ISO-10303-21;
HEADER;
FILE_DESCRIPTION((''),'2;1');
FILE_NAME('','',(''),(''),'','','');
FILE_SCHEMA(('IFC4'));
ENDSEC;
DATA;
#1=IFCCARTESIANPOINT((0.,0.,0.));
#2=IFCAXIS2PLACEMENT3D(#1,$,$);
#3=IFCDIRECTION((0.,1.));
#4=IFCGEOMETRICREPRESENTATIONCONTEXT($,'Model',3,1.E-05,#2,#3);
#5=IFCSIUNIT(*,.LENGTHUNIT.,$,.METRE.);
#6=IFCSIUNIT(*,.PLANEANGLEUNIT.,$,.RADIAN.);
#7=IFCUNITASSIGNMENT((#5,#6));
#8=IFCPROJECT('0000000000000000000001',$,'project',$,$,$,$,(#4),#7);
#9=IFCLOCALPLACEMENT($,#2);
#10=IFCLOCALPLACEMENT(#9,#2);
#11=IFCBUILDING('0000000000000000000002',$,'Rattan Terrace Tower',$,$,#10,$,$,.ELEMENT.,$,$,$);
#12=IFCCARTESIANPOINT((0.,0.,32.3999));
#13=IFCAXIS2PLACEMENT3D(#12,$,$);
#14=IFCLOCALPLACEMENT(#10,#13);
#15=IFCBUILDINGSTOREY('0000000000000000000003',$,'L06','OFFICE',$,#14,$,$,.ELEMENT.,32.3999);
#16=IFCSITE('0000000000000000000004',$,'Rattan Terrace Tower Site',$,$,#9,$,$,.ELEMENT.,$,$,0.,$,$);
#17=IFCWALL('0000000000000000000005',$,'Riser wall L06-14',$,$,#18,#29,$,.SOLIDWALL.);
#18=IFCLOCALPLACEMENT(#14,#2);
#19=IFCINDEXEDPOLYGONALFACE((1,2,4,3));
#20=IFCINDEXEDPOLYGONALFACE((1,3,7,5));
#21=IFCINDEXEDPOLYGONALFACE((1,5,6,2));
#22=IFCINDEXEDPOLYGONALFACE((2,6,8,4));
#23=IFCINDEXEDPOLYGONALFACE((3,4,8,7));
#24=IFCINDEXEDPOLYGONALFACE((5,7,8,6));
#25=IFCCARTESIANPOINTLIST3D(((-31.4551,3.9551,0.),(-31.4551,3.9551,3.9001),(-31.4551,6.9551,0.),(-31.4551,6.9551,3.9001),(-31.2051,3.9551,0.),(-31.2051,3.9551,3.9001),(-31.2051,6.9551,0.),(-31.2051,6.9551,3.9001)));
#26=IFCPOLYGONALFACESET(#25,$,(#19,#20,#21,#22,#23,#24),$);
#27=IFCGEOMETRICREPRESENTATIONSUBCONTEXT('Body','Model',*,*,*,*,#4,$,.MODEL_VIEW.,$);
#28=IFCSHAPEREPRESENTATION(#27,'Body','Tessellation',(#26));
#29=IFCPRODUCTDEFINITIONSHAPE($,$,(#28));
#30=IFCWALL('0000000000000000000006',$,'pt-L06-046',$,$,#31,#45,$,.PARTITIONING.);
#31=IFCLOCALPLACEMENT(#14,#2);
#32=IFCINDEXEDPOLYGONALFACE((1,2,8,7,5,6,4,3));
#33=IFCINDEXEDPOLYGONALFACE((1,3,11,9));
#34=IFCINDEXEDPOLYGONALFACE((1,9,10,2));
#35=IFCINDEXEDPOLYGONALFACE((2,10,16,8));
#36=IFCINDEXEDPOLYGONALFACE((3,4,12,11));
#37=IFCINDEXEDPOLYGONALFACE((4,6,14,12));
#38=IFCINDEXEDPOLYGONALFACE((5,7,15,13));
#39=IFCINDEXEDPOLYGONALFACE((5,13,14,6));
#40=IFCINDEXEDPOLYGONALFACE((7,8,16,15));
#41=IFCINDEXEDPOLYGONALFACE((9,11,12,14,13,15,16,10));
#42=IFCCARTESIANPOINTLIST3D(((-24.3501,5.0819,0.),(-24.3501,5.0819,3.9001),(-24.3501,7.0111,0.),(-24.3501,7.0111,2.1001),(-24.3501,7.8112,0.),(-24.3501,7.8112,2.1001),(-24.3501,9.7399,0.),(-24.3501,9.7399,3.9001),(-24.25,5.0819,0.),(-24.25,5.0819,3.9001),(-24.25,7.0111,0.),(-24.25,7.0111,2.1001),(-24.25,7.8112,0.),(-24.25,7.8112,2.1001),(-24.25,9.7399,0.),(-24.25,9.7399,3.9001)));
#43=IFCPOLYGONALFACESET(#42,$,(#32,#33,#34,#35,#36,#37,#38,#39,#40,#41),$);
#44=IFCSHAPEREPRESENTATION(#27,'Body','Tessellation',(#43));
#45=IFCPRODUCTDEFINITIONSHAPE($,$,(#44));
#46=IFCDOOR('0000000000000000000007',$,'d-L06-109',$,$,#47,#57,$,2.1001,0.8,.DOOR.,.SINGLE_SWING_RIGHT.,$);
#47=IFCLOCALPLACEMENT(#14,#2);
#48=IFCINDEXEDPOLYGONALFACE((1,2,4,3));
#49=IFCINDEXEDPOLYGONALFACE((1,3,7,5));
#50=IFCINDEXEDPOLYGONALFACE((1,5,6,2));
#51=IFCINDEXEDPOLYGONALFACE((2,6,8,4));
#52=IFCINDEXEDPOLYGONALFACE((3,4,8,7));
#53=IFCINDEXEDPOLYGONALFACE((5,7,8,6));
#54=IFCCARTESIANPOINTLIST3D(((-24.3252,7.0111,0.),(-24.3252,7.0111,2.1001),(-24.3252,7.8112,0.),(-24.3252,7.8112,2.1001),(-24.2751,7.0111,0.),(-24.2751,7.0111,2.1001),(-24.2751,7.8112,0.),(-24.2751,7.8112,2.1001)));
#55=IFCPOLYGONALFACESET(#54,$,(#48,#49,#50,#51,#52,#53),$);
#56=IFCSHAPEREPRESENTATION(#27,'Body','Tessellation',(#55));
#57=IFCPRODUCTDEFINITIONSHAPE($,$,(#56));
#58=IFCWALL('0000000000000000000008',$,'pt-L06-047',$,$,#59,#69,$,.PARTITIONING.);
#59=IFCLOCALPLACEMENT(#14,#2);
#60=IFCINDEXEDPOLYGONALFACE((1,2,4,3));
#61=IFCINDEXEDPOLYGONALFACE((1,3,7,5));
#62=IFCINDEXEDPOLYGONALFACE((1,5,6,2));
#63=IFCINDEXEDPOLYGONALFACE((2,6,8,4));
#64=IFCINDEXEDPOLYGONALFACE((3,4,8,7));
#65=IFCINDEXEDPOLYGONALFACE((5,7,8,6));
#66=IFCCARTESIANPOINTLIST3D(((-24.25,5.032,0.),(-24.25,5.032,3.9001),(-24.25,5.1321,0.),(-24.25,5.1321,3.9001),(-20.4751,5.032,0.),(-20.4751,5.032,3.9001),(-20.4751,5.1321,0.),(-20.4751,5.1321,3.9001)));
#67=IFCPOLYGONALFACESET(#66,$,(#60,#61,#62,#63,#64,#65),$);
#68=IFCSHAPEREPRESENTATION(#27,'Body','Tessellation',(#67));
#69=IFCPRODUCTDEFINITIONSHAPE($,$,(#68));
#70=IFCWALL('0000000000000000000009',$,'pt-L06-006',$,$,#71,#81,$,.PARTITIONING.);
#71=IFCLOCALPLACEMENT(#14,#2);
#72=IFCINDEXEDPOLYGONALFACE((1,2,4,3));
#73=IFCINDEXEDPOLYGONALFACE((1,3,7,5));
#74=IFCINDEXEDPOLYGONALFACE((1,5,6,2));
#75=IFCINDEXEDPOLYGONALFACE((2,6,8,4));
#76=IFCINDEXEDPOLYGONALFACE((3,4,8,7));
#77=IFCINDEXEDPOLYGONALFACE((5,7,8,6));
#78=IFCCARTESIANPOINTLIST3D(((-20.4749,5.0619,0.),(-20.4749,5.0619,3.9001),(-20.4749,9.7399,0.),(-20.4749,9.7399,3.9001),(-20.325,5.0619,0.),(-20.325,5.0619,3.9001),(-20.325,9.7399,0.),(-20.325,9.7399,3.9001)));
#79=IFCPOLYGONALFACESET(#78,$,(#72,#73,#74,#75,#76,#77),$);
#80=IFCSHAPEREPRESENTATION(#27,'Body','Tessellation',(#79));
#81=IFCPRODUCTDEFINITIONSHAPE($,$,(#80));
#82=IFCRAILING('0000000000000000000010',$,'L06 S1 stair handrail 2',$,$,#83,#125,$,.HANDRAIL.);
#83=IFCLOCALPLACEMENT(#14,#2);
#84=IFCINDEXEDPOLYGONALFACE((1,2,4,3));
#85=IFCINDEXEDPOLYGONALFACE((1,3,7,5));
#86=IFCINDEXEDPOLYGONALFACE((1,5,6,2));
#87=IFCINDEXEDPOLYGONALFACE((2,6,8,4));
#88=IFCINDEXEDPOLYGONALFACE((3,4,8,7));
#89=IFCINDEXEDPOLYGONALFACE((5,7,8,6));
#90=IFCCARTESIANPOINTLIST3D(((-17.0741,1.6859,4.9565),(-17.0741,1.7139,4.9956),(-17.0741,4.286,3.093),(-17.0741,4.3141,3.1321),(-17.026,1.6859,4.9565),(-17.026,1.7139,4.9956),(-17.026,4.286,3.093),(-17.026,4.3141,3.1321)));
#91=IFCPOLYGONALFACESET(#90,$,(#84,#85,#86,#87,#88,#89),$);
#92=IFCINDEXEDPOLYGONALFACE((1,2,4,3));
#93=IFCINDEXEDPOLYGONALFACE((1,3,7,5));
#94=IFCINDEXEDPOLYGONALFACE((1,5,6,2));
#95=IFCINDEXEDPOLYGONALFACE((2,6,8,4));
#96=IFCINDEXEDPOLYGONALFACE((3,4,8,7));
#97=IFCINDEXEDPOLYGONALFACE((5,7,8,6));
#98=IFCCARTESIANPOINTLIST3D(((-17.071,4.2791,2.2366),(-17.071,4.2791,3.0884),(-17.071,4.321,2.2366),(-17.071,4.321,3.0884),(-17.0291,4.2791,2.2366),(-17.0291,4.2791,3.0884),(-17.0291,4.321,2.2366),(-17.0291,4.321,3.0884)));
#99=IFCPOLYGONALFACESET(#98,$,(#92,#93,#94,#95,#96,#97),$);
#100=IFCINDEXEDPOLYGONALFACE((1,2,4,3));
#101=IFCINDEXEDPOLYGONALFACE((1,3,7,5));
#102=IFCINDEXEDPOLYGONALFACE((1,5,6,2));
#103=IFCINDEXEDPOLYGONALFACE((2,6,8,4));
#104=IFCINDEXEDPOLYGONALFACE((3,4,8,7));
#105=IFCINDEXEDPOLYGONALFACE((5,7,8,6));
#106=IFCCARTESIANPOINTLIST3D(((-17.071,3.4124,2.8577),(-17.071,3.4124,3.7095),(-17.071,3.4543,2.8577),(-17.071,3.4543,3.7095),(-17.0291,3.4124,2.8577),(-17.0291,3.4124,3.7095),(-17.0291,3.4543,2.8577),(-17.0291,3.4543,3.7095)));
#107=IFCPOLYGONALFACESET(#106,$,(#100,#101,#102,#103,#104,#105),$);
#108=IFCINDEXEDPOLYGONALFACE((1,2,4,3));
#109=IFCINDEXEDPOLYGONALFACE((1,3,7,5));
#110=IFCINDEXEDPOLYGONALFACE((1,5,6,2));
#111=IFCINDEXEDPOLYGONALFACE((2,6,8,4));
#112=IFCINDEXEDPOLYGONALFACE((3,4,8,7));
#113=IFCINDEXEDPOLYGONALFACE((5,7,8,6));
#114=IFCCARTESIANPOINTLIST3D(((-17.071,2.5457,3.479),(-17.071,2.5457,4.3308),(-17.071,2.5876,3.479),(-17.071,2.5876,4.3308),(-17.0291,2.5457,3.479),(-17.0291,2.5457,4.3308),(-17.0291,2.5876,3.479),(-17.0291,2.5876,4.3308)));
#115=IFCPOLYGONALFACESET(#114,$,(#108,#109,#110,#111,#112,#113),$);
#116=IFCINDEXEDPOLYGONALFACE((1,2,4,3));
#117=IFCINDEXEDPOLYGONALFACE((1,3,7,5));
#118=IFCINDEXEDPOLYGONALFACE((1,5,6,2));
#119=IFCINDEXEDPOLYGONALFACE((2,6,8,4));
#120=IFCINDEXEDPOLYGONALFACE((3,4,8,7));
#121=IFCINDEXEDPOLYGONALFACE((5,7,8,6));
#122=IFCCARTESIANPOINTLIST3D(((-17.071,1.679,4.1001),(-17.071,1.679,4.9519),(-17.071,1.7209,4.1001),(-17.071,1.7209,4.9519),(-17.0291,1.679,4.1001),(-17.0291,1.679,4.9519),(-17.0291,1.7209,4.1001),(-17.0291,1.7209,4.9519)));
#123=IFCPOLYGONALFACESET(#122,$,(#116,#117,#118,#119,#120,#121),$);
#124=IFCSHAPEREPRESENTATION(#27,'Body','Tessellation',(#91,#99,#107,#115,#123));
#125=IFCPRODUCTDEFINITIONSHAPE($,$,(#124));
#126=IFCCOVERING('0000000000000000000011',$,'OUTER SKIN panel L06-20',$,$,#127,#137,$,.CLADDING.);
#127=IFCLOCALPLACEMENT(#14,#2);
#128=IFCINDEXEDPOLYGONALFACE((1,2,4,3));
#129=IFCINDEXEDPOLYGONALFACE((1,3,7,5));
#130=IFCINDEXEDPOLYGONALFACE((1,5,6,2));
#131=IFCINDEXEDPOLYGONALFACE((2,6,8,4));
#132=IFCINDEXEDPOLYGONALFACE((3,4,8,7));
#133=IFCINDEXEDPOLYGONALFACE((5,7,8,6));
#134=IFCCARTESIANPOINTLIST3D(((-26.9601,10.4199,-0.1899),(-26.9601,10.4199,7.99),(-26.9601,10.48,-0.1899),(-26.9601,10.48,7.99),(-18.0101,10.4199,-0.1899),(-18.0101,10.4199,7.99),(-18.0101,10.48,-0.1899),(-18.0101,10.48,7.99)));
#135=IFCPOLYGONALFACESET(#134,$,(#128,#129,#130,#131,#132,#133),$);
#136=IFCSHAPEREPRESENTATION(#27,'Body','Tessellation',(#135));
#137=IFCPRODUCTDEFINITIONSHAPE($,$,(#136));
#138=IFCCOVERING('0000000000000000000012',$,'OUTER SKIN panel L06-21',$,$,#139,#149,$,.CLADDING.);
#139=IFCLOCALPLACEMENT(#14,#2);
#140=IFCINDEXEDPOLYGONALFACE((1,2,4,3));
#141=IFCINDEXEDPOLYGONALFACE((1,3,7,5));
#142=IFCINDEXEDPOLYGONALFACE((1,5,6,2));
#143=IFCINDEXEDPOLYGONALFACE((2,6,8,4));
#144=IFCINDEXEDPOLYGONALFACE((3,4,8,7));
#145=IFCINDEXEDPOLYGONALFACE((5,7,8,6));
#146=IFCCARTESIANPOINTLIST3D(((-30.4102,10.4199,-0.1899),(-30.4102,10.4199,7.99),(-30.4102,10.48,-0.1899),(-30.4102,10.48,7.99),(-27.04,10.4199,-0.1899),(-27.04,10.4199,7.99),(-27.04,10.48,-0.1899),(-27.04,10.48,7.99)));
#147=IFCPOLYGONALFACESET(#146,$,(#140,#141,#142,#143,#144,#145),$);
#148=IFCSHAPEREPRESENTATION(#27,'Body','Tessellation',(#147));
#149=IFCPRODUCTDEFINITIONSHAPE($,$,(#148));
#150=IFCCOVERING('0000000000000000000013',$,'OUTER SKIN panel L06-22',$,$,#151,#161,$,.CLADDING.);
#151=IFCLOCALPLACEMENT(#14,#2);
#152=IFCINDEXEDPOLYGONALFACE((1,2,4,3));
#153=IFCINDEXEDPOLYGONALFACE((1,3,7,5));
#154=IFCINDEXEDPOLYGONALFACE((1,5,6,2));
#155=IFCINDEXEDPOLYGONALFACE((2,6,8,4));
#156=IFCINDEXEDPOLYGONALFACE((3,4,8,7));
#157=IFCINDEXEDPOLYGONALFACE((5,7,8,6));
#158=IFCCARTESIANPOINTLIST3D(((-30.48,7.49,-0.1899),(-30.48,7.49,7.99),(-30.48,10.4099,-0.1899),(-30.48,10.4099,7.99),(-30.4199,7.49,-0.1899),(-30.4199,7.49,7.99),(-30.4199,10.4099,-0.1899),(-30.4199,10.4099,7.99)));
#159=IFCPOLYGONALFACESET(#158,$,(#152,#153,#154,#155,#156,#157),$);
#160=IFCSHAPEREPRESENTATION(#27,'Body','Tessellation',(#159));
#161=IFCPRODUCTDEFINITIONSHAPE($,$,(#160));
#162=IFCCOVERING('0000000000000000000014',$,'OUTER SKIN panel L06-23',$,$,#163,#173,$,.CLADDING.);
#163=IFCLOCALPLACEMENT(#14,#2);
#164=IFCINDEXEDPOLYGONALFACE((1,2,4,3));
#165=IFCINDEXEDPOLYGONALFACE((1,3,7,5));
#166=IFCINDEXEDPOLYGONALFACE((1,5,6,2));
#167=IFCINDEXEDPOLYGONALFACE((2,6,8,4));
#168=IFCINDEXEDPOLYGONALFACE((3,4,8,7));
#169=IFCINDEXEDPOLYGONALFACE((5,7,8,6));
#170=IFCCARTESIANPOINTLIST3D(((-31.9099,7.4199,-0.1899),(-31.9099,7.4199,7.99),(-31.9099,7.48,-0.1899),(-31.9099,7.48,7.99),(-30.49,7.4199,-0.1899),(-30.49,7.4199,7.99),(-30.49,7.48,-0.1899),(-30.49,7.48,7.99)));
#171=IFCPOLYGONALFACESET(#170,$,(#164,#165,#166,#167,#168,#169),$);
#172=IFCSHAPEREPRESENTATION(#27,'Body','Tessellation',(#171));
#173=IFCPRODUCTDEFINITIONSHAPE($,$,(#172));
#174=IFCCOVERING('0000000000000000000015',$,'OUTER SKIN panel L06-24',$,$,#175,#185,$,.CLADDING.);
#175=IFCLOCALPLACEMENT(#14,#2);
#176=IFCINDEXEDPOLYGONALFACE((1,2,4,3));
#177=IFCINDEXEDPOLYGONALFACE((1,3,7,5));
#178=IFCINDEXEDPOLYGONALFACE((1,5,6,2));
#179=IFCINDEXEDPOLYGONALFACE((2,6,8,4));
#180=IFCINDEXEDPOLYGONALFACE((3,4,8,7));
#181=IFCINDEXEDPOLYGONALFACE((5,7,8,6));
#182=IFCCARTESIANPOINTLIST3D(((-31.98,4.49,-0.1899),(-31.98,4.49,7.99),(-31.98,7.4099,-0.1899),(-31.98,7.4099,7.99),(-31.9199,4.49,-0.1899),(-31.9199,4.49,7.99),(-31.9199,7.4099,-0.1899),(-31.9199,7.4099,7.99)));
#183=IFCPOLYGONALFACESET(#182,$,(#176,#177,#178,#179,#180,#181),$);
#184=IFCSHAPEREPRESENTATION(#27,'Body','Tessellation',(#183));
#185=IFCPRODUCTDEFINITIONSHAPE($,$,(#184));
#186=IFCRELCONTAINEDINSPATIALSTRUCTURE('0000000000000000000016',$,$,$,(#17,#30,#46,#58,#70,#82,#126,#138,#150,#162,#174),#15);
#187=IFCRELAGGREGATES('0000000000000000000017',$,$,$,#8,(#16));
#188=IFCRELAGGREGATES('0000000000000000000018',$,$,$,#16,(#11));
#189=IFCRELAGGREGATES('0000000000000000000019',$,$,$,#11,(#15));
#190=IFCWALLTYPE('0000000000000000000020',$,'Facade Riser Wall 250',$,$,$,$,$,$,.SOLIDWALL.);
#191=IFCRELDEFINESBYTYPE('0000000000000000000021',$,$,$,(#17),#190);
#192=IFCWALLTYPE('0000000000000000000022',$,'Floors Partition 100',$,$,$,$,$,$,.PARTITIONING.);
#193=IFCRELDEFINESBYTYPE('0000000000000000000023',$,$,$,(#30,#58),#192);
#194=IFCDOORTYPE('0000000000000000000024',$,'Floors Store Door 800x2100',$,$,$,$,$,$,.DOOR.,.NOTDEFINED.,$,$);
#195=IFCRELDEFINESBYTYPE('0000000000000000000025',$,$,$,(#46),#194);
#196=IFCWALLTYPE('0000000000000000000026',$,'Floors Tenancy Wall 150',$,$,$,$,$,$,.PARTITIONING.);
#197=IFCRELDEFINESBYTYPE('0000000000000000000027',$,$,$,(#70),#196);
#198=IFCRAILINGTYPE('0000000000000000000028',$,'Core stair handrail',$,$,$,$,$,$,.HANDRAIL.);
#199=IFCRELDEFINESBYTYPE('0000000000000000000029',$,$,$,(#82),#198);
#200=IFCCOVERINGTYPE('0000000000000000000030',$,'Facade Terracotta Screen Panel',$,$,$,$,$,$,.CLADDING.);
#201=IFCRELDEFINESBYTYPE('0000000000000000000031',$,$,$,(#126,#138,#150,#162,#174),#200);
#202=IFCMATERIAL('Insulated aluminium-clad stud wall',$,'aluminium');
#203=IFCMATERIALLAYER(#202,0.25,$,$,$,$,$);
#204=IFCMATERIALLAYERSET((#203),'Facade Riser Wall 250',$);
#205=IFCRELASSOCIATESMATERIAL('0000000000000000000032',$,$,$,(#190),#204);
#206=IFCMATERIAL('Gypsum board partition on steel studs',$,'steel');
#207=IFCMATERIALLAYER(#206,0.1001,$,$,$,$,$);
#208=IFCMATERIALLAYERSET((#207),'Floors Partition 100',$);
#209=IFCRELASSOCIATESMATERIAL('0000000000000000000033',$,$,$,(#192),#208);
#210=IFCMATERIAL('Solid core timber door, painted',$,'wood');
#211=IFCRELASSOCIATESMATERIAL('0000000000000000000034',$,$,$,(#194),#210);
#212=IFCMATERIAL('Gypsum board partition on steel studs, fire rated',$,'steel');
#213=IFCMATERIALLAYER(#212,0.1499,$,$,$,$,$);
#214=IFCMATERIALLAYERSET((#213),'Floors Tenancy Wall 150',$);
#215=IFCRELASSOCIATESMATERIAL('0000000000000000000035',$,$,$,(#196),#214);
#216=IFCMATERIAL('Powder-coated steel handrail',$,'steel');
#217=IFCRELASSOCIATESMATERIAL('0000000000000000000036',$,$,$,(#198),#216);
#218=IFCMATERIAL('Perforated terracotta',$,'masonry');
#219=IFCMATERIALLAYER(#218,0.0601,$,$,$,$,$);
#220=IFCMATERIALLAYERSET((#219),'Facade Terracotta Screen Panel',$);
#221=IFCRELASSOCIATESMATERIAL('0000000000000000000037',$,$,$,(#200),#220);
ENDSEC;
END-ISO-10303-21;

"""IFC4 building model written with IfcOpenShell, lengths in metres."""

from ifc_helpers import new_model, si_unit, direction, frame, frame_2d, origin, origin_2d, place, context, subcontext, project, spatial, rectangle, extrude, material, layer, layer_set, type_object, element, fill, save


model = new_model("IFC4")

# Units and contexts
model_context = context("Model", 3, precision=1e-05, world=origin(), true_north=direction((0.0, 1.0)))
body_context = subcontext(model_context, "Body", "Model", "MODEL_VIEW")
ifc_project = project(units=[si_unit("LENGTHUNIT", "METRE"), si_unit("PLANEANGLEUNIT", "RADIAN")], contexts=[model_context])

# Site, building, storey
site_placement = place(None, origin())
site = spatial("IfcSite", under=ifc_project, at=site_placement, Name="Rattan Terrace Tower Site", CompositionType="ELEMENT", RefElevation=0.0)
building_placement = place(site_placement, origin())
building = spatial("IfcBuilding", under=site, at=building_placement, Name="Rattan Terrace Tower", CompositionType="ELEMENT")
storey_placement = place(building_placement, frame((0.0, 0.0, 32.3999)))
storey = spatial("IfcBuildingStorey", under=building, at=storey_placement, Name="L06", Description="OFFICE", CompositionType="ELEMENT", Elevation=32.3999)

# Wall
ifc_material_1 = material(Name="Insulated aluminium-clad stud wall", Category="aluminium")
ifc_layer_1 = layer(ifc_material_1, 0.25)
ifc_layer_set_1 = layer_set([ifc_layer_1], Name="Facade Riser Wall 250")
wall_type_1 = type_object("IfcWallType", Name="Facade Riser Wall 250", PredefinedType="SOLIDWALL", material=ifc_layer_set_1)
wall_1_placement = place(storey_placement, frame((-31.3301, 6.9551, 0.0), z_axis=(0.0, 0.0, 1.0), x_axis=(0.0, -1.0, 0.0)))
element("IfcWall", 1, at=wall_1_placement, inside=storey, type_object=wall_type_1, Name="Riser wall L06-14", PredefinedType="SOLIDWALL", context=body_context, shape_type="SweptSolid", body=[
    extrude(rectangle(XDim=3.0, YDim=0.25, at=frame_2d((1.5, 0.0))), origin(), (0.0, 0.0, 1.0), 3.9001),
])

# Wall, opening, door
ifc_material_2 = material(Name="Gypsum board partition on steel studs", Category="steel")
ifc_layer_2 = layer(ifc_material_2, 0.1001)
ifc_layer_set_2 = layer_set([ifc_layer_2], Name="Floors Partition 100")
wall_type_2 = type_object("IfcWallType", Name="Floors Partition 100", PredefinedType="PARTITIONING", material=ifc_layer_set_2)
wall_2_placement = place(storey_placement, frame((-24.3, 9.74, 0.0), z_axis=(0.0, 0.0, 1.0), x_axis=(0.0, -1.0, 0.0)))
wall_2 = element("IfcWall", 2, at=wall_2_placement, inside=storey, type_object=wall_type_2, Name="pt-L06-046", PredefinedType="PARTITIONING", context=body_context, shape_type="SweptSolid", body=[
    extrude(rectangle(XDim=4.658, YDim=0.1001, at=frame_2d((2.3291, 0.0))), origin(), (0.0, 0.0, 1.0), 3.9001),
])
opening_placement = place(wall_2_placement, frame((1.929, 0.0, 0.0)))
opening = element("IfcOpeningElement", 3, at=opening_placement, cuts=wall_2, PredefinedType="OPENING", context=body_context, shape_type="SweptSolid", body=[
    extrude(rectangle(XDim=0.8, YDim=2.1001, at=frame_2d((0.3999, 1.05))), frame((0.0, 0.0605, 0.0), z_axis=(0.0, -1.0, 0.0), x_axis=(1.0, 0.0, 0.0)), (0.0, 0.0, 1.0), 0.1211),
])
ifc_material_3 = material(Name="Solid core timber door, painted", Category="wood")
door_type = type_object("IfcDoorType", Name="Floors Store Door 800x2100", OperationType="NOTDEFINED", PredefinedType="DOOR", material=ifc_material_3)
door_placement = place(opening_placement, origin())
door = element("IfcDoor", 4, at=door_placement, inside=storey, type_object=door_type, Name="d-L06-109", OperationType="SINGLE_SWING_RIGHT", OverallHeight=2.1001, OverallWidth=0.8, PredefinedType="DOOR", context=body_context, shape_type="SweptSolid", body=[
    extrude(rectangle(XDim=0.8, YDim=2.1001, at=frame_2d((0.3999, 1.05))), frame((0.0, 0.0249, 0.0), z_axis=(0.0, -1.0, 0.0), x_axis=(1.0, 0.0, 0.0)), (0.0, 0.0, 1.0), 0.05),
])
fill(opening, door)

# Walls
wall_3_placement = place(storey_placement, frame((-24.25, 5.082, 0.0), z_axis=(0.0, 0.0, 1.0), x_axis=(1.0, 0.0, 0.0)))
element("IfcWall", 5, at=wall_3_placement, inside=storey, type_object=wall_type_2, Name="pt-L06-047", PredefinedType="PARTITIONING", context=body_context, shape_type="SweptSolid", body=[
    extrude(rectangle(XDim=3.7749, YDim=0.1001, at=frame_2d((1.8875, 0.0))), origin(), (0.0, 0.0, 1.0), 3.9001),
])
ifc_material_4 = material(Name="Gypsum board partition on steel studs, fire rated", Category="steel")
ifc_layer_3 = layer(ifc_material_4, 0.1499)
ifc_layer_set_3 = layer_set([ifc_layer_3], Name="Floors Tenancy Wall 150")
wall_type_3 = type_object("IfcWallType", Name="Floors Tenancy Wall 150", PredefinedType="PARTITIONING", material=ifc_layer_set_3)
wall_4_placement = place(storey_placement, frame((-20.3999, 5.062, 0.0), z_axis=(0.0, 0.0, 1.0), x_axis=(0.0, 1.0, 0.0)))
element("IfcWall", 6, at=wall_4_placement, inside=storey, type_object=wall_type_3, Name="pt-L06-006", PredefinedType="PARTITIONING", context=body_context, shape_type="SweptSolid", body=[
    extrude(rectangle(XDim=4.678, YDim=0.1499, at=frame_2d((2.3389, 0.0))), origin(), (0.0, 0.0, 1.0), 3.9001),
])

# Railing
ifc_material_5 = material(Name="Powder-coated steel handrail", Category="steel")
railing_type = type_object("IfcRailingType", Name="Core stair handrail", PredefinedType="HANDRAIL", material=ifc_material_5)
railing_placement = place(storey_placement, frame((-17.05, 4.3, 2.2366)))
element("IfcRailing", 7, at=railing_placement, inside=storey, type_object=railing_type, Name="L06 S1 stair handrail 2", PredefinedType="HANDRAIL", context=body_context, shape_type="SweptSolid", body=[
    extrude(rectangle(XDim=0.0481, YDim=0.0481, at=origin_2d()), frame((0.0, 0.0, 0.876), z_axis=(0.0, -0.812799, 0.582544), x_axis=(1.0, 0.0, 0.0)), (0.0, 0.0, 1.0), 3.199),
    extrude(rectangle(XDim=0.042, YDim=0.042, at=origin_2d()), origin(), (0.0, 0.0, 1.0), 0.8518),
    extrude(rectangle(XDim=0.042, YDim=0.042, at=origin_2d()), frame((0.0, -0.8667, 0.6211)), (0.0, 0.0, 1.0), 0.8518),
    extrude(rectangle(XDim=0.042, YDim=0.042, at=origin_2d()), frame((0.0, -1.7334, 1.2424)), (0.0, 0.0, 1.0), 0.8518),
    extrude(rectangle(XDim=0.042, YDim=0.042, at=origin_2d()), frame((0.0, -2.6001, 1.8635)), (0.0, 0.0, 1.0), 0.8518),
])

# Coverings
ifc_material_6 = material(Name="Perforated terracotta", Category="masonry")
ifc_layer_4 = layer(ifc_material_6, 0.0601)
ifc_layer_set_4 = layer_set([ifc_layer_4], Name="Facade Terracotta Screen Panel")
covering_type = type_object("IfcCoveringType", Name="Facade Terracotta Screen Panel", PredefinedType="CLADDING", material=ifc_layer_set_4)
covering_1_placement = place(storey_placement, frame((-22.4851, 10.45, -0.1899), z_axis=(0.0, 0.0, 1.0), x_axis=(-1.0, 0.0, 0.0)))
element("IfcCovering", 8, at=covering_1_placement, inside=storey, type_object=covering_type, Name="OUTER SKIN panel L06-20", PredefinedType="CLADDING", context=body_context, shape_type="SweptSolid", body=[
    extrude(rectangle(XDim=8.95, YDim=0.0601, at=origin_2d()), origin(), (0.0, 0.0, 1.0), 8.1799),
])
covering_2_placement = place(storey_placement, frame((-28.7251, 10.45, -0.1899), z_axis=(0.0, 0.0, 1.0), x_axis=(-1.0, 0.0, 0.0)))
element("IfcCovering", 9, at=covering_2_placement, inside=storey, type_object=covering_type, Name="OUTER SKIN panel L06-21", PredefinedType="CLADDING", context=body_context, shape_type="SweptSolid", body=[
    extrude(rectangle(XDim=3.3701, YDim=0.0601, at=origin_2d()), origin(), (0.0, 0.0, 1.0), 8.1799),
])
covering_3_placement = place(storey_placement, frame((-30.45, 8.95, -0.1899), z_axis=(0.0, 0.0, 1.0), x_axis=(0.0, -1.0, 0.0)))
element("IfcCovering", 10, at=covering_3_placement, inside=storey, type_object=covering_type, Name="OUTER SKIN panel L06-22", PredefinedType="CLADDING", context=body_context, shape_type="SweptSolid", body=[
    extrude(rectangle(XDim=2.9199, YDim=0.0601, at=origin_2d()), origin(), (0.0, 0.0, 1.0), 8.1799),
])
covering_4_placement = place(storey_placement, frame((-31.2, 7.45, -0.1899), z_axis=(0.0, 0.0, 1.0), x_axis=(-1.0, 0.0, 0.0)))
element("IfcCovering", 11, at=covering_4_placement, inside=storey, type_object=covering_type, Name="OUTER SKIN panel L06-23", PredefinedType="CLADDING", context=body_context, shape_type="SweptSolid", body=[
    extrude(rectangle(XDim=1.4199, YDim=0.0601, at=origin_2d()), origin(), (0.0, 0.0, 1.0), 8.1799),
])
covering_5_placement = place(storey_placement, frame((-31.95, 5.95, -0.1899), z_axis=(0.0, 0.0, 1.0), x_axis=(0.0, -1.0, 0.0)))
element("IfcCovering", 12, at=covering_5_placement, inside=storey, type_object=covering_type, Name="OUTER SKIN panel L06-24", PredefinedType="CLADDING", context=body_context, shape_type="SweptSolid", body=[
    extrude(rectangle(XDim=2.9199, YDim=0.0601, at=origin_2d()), origin(), (0.0, 0.0, 1.0), 8.1799),
])

save(model, "model.ifc")
